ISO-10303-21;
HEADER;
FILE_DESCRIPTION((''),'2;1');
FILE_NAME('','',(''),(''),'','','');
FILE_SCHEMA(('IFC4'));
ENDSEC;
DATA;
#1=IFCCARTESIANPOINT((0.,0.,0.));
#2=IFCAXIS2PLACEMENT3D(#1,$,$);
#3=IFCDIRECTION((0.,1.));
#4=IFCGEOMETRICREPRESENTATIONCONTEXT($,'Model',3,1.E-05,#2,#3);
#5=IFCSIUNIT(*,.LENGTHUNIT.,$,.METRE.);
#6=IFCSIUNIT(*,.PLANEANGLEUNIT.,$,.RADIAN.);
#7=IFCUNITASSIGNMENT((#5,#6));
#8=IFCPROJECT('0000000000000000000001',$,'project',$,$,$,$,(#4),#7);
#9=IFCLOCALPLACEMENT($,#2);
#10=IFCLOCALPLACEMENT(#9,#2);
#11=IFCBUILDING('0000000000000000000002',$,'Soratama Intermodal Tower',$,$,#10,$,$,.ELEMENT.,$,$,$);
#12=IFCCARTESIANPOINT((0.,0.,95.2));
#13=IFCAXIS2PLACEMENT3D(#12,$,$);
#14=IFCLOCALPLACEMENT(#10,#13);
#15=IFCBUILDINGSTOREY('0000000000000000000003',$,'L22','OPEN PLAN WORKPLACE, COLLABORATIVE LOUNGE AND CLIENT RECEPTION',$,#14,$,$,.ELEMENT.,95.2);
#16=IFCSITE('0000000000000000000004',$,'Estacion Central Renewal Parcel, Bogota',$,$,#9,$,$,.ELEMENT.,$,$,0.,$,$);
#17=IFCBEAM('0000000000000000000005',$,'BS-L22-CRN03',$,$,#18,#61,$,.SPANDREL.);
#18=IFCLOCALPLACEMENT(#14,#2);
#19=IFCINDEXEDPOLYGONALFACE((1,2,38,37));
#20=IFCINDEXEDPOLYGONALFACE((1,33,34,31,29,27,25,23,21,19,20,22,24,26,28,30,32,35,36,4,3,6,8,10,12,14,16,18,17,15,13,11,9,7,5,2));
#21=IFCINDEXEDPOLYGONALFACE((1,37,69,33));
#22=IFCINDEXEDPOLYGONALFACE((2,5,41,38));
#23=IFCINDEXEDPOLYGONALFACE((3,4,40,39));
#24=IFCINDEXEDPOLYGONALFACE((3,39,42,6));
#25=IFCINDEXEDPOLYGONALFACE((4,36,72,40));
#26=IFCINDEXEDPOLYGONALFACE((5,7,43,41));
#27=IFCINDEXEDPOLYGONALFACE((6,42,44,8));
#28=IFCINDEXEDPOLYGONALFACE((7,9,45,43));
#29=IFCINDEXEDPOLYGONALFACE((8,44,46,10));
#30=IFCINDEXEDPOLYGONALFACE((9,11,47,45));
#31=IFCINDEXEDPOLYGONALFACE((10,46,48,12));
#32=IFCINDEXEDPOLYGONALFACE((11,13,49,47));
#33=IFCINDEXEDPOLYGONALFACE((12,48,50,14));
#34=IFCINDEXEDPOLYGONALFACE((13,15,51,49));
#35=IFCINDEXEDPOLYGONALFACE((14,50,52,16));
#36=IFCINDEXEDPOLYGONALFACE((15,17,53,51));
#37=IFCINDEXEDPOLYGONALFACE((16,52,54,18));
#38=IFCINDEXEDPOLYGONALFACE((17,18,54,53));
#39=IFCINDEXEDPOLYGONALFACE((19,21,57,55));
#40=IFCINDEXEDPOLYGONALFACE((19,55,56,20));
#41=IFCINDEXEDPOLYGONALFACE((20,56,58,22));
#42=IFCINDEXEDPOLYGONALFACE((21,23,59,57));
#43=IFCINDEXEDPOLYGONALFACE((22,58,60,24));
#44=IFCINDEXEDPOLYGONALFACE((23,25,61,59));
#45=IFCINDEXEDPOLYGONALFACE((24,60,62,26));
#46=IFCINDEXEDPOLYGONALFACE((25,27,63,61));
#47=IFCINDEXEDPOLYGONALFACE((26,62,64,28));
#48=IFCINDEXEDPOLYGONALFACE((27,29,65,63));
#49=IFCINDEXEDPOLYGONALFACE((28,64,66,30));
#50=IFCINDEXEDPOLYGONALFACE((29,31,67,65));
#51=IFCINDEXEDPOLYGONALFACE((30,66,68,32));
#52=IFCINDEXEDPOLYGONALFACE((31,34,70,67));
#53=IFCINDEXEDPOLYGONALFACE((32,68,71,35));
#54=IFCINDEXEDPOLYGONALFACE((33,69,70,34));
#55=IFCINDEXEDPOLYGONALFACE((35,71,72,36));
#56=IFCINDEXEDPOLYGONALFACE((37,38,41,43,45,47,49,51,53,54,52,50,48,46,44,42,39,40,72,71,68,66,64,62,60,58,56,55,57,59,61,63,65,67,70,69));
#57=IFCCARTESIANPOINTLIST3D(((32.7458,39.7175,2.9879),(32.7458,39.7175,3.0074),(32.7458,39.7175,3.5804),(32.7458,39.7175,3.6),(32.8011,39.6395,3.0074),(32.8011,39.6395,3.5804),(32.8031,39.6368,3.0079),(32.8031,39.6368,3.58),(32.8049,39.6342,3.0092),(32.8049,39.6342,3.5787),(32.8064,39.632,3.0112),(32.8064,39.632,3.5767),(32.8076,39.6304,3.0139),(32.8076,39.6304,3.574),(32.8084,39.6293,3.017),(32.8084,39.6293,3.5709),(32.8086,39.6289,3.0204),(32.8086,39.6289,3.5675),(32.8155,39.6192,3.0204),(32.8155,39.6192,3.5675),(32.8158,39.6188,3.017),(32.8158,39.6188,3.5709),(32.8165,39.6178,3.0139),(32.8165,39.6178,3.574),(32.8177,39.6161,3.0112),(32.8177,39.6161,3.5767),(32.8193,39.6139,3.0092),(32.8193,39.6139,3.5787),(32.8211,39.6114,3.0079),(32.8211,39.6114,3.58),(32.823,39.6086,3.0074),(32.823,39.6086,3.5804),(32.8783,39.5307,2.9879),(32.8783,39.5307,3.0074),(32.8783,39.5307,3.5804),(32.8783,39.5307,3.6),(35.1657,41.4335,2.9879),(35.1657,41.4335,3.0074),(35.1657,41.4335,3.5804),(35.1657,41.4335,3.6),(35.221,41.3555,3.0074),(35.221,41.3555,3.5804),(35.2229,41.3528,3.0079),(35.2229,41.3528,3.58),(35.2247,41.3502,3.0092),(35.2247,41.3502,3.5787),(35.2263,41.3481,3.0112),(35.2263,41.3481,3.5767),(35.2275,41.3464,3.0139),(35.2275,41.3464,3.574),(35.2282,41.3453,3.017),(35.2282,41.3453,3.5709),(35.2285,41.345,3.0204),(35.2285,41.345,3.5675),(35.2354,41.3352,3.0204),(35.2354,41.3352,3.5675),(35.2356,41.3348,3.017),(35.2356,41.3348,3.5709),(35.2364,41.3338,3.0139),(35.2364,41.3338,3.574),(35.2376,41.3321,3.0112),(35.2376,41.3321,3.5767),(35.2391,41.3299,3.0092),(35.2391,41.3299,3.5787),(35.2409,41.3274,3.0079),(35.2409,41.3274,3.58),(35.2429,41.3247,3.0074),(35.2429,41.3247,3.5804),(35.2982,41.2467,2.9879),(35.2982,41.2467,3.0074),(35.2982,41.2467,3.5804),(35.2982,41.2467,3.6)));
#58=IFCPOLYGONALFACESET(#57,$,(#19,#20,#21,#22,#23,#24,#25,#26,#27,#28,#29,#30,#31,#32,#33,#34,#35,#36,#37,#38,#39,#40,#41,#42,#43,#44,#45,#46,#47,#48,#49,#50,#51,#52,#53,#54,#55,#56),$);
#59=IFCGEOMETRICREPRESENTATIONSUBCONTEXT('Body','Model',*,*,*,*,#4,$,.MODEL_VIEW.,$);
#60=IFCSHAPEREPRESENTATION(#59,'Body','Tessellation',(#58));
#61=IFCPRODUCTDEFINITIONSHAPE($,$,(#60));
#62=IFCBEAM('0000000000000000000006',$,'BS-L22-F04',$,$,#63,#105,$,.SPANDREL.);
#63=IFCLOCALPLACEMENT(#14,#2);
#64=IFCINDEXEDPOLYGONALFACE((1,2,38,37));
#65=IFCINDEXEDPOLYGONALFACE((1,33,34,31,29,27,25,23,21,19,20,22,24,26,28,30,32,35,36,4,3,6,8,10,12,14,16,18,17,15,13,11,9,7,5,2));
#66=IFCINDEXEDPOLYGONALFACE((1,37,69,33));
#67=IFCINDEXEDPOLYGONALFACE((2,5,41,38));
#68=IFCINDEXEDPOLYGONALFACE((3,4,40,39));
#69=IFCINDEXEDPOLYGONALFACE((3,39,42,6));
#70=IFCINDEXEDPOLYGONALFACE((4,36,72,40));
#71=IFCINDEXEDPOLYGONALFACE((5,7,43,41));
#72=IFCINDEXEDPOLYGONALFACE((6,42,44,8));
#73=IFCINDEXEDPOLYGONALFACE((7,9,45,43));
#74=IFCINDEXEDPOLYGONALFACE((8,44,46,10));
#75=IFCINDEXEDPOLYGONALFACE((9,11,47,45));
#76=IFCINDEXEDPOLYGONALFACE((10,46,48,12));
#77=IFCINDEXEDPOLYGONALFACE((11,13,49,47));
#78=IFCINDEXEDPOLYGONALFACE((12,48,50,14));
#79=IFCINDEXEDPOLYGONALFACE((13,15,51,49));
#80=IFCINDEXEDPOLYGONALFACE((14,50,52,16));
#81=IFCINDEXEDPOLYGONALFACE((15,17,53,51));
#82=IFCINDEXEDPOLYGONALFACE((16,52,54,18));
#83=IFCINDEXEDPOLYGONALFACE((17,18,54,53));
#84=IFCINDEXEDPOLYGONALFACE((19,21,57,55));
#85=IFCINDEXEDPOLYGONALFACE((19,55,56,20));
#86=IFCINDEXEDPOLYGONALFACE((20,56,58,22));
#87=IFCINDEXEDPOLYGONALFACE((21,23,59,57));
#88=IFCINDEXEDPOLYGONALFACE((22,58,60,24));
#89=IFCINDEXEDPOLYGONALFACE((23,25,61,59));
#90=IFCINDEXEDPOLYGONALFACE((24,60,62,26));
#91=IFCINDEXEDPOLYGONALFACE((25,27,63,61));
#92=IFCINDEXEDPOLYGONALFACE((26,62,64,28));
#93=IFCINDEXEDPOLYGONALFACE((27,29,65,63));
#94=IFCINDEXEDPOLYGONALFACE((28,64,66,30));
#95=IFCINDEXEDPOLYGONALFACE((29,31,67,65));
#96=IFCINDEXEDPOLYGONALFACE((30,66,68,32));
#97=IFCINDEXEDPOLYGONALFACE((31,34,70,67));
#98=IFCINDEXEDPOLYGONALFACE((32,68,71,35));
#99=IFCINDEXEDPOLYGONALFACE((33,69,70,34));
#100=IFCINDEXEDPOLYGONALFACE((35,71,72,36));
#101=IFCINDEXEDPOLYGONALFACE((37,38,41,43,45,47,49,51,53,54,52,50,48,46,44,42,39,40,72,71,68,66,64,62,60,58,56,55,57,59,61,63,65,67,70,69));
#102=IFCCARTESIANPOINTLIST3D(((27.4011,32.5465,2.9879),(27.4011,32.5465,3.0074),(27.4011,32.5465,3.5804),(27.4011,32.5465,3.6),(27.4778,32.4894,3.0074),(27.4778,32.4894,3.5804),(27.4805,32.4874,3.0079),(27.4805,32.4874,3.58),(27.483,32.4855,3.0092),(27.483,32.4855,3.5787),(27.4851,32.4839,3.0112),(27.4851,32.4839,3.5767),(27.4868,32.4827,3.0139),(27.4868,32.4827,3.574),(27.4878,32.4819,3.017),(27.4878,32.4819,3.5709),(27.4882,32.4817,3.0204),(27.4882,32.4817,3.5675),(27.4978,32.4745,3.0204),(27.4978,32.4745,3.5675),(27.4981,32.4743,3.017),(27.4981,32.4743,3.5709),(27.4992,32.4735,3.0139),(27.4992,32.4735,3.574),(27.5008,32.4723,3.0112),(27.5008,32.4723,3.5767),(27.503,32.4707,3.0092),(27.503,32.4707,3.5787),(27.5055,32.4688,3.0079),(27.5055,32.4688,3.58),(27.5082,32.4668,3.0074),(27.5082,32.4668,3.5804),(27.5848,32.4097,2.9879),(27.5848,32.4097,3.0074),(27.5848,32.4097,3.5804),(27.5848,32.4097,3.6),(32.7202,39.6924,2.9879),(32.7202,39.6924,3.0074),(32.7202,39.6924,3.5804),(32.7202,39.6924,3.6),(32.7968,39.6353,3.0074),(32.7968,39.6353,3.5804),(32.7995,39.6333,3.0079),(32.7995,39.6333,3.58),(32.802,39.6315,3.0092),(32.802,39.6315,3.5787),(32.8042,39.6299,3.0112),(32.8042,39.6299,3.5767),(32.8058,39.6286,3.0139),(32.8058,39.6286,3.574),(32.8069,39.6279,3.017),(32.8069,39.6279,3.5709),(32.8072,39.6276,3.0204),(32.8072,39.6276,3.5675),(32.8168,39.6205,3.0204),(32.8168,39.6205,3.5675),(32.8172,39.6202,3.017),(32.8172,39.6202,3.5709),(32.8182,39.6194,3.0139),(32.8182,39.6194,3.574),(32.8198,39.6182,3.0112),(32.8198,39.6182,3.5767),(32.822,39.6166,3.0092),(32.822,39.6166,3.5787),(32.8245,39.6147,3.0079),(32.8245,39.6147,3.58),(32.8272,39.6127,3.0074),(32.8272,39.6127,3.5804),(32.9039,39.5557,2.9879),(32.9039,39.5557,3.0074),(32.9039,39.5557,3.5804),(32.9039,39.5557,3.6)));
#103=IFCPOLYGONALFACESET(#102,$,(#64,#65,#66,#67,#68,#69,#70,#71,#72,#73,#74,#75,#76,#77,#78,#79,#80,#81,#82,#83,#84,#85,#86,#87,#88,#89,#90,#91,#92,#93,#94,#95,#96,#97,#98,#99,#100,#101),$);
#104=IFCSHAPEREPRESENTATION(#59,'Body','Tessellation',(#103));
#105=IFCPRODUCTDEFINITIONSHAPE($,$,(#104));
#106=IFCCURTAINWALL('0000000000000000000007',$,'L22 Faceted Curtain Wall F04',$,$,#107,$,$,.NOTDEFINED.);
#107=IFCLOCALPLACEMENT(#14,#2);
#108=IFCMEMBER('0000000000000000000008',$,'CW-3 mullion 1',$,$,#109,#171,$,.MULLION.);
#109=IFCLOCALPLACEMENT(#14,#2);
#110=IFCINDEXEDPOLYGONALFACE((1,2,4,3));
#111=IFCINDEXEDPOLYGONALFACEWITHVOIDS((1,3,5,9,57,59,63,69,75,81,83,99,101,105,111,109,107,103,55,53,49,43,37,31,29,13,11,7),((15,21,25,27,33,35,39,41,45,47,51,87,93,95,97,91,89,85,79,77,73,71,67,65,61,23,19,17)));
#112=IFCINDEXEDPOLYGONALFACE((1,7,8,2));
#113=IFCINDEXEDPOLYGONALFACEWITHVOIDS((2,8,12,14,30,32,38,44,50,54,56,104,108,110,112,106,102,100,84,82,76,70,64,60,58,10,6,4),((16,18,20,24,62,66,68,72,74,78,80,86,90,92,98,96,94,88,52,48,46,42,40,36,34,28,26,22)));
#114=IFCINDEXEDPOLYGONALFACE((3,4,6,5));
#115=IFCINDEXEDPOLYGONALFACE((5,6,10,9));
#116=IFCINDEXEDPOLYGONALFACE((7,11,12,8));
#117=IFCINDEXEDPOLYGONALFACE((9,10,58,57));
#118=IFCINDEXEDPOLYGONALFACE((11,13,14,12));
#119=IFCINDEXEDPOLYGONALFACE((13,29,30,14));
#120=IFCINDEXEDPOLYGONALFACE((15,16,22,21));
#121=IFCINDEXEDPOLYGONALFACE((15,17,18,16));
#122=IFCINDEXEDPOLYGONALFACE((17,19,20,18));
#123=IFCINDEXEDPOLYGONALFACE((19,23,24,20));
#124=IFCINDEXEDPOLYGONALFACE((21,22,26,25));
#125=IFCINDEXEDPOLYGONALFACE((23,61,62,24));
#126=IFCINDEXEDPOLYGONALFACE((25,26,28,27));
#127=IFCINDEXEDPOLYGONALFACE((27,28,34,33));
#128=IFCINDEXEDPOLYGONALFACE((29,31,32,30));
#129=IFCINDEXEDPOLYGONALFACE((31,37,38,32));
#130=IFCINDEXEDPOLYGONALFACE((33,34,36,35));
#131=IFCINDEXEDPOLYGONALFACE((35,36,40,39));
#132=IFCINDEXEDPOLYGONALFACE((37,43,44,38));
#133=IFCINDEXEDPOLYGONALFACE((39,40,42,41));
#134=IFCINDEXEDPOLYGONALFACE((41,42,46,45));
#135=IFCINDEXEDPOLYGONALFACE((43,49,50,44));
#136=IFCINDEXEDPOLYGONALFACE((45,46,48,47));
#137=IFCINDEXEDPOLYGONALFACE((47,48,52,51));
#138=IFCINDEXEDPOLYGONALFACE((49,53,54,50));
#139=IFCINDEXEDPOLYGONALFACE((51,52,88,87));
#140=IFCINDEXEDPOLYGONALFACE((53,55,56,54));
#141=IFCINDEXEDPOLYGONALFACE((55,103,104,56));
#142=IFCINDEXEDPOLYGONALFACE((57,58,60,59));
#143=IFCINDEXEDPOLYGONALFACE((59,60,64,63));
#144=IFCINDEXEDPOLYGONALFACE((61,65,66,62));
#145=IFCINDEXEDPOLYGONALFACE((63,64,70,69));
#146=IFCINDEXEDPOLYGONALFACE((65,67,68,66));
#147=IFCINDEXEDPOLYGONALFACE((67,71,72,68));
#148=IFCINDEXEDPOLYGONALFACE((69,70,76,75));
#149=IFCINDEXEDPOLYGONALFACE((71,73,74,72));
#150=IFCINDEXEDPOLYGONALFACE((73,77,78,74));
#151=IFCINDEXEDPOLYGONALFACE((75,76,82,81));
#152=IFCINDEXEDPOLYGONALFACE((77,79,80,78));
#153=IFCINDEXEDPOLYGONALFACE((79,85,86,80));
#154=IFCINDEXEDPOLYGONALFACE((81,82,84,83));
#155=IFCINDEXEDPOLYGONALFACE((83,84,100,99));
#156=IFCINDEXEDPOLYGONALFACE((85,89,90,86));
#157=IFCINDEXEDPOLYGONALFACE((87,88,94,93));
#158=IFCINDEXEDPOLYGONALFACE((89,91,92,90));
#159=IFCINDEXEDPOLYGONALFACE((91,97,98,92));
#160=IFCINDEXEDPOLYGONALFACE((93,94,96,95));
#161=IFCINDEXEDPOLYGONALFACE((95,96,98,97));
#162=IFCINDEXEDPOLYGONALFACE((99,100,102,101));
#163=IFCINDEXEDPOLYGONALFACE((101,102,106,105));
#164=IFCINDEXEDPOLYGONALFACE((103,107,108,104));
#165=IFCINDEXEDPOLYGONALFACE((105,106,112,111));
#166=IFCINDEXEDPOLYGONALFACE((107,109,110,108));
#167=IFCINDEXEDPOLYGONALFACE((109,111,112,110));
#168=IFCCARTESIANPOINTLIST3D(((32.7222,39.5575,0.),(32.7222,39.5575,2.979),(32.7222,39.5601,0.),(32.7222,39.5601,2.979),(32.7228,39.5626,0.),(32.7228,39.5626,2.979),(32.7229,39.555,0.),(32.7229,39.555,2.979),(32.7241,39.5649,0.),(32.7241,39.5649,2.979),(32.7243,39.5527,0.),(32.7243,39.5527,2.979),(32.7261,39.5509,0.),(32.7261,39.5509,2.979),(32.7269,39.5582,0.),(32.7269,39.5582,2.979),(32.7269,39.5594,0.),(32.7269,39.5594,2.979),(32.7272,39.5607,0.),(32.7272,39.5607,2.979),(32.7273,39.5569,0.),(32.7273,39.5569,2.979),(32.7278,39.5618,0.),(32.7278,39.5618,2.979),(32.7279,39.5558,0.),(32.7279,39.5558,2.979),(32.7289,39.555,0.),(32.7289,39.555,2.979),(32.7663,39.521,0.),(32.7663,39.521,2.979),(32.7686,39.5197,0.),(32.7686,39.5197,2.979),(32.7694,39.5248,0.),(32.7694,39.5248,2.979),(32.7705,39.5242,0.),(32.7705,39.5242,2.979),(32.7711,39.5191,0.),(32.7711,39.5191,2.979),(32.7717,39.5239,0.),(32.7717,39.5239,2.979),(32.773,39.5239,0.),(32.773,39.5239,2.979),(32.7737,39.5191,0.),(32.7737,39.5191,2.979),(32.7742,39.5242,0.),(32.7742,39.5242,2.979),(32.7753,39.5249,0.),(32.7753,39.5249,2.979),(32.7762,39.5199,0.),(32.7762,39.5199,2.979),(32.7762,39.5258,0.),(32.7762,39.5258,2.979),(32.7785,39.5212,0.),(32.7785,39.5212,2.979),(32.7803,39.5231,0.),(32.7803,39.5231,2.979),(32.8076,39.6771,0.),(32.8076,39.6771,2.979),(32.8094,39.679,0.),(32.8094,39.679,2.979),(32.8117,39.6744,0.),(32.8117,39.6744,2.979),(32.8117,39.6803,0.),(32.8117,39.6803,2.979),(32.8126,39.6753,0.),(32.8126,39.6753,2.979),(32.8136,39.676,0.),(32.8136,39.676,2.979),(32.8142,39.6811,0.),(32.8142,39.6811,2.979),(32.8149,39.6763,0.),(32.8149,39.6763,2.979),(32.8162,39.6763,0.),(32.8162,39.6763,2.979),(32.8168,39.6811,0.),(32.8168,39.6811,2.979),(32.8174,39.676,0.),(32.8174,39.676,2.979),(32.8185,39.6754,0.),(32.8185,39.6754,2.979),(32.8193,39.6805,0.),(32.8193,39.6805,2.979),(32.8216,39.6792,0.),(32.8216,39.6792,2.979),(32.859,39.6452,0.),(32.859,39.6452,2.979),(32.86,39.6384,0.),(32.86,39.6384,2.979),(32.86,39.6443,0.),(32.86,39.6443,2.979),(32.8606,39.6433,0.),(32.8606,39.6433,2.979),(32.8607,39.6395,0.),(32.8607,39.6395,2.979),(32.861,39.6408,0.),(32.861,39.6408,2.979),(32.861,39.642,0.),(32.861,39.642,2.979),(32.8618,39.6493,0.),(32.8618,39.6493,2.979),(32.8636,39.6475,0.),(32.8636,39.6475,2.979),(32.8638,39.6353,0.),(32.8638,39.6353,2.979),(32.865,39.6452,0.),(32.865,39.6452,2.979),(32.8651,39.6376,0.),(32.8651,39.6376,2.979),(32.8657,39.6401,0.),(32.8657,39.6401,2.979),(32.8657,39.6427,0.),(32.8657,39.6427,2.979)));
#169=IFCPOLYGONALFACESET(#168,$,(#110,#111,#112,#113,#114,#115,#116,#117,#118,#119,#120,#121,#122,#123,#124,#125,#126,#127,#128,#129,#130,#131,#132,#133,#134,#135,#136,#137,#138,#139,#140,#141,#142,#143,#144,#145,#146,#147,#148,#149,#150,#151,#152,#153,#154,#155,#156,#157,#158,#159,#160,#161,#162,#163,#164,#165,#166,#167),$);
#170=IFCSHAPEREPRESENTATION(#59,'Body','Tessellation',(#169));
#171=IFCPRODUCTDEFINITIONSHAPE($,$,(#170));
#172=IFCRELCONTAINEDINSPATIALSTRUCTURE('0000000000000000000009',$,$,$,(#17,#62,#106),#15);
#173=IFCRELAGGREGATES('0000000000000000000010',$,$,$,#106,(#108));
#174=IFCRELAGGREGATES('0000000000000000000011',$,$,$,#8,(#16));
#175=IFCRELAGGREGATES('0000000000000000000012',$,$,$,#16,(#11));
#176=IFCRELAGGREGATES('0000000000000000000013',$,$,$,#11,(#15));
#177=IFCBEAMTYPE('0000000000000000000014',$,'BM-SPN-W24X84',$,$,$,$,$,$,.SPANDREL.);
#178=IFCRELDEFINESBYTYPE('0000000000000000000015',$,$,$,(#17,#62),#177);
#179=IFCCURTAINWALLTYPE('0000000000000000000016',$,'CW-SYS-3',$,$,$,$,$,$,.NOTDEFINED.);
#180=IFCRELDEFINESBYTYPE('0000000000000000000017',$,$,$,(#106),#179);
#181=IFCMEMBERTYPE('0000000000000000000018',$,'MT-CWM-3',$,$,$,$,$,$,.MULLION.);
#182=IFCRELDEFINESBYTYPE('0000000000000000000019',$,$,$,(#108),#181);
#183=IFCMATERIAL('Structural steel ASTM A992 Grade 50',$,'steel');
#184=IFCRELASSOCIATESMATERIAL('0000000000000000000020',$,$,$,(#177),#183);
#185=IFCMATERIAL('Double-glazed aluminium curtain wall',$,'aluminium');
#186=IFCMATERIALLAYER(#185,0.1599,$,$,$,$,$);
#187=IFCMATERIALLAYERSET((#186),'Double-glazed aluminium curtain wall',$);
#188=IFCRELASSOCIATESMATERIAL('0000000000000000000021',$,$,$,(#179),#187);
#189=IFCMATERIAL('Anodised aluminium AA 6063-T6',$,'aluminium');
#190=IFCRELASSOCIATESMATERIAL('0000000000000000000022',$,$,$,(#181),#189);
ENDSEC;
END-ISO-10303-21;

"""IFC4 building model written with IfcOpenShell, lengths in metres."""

from ifc_helpers import new_model, si_unit, direction, frame, origin, origin_2d, place, context, subcontext, project, spatial, hollow_rectangle, i_section, extrude, material, layer, layer_set, material_profile, profile_set, type_object, element, aggregate, save


model = new_model("IFC4")

# Units and contexts
model_context = context("Model", 3, precision=1e-05, world=origin(), true_north=direction((0.0, 1.0)))
body_context = subcontext(model_context, "Body", "Model", "MODEL_VIEW")
ifc_project = project(units=[si_unit("LENGTHUNIT", "METRE"), si_unit("PLANEANGLEUNIT", "RADIAN")], contexts=[model_context])

# Site, building, storey
site_placement = place(None, origin())
site = spatial("IfcSite", under=ifc_project, at=site_placement, Name="Estacion Central Renewal Parcel, Bogota", CompositionType="ELEMENT", RefElevation=0.0)
building_placement = place(site_placement, origin())
building = spatial("IfcBuilding", under=site, at=building_placement, Name="Soratama Intermodal Tower", CompositionType="ELEMENT")
storey_placement = place(building_placement, frame((0.0, 0.0, 95.2)))
storey = spatial("IfcBuildingStorey", under=building, at=storey_placement, Name="L22", Description="OPEN PLAN WORKPLACE, COLLABORATIVE LOUNGE AND CLIENT RECEPTION", CompositionType="ELEMENT", Elevation=95.2)

# Beams
ifc_material_1 = material(Name="Structural steel ASTM A992 Grade 50", Category="steel")
ifc_material_profile_1 = material_profile(ifc_material_1, i_section(OverallWidth=0.229, OverallDepth=0.6121, WebThickness=0.012, FlangeThickness=0.0195, FilletRadius=0.0129, at=origin_2d()), Name="W24X84")
ifc_profile_set_1 = profile_set([ifc_material_profile_1], Name="Structural steel ASTM A992 Grade 50")
beam_type_1 = type_object("IfcBeamType", Name="BM-SPN-W24X84", PredefinedType="SPANDREL", material=ifc_profile_set_1)
beam_1_placement = place(storey_placement, frame((35.2319, 41.3401, 3.2939), z_axis=(-0.815714, -0.578456, 0.0), x_axis=(0.578456, -0.815714, 0.0)))
element("IfcBeam", 1, at=beam_1_placement, inside=storey, type_object=beam_type_1, Name="BS-L22-CRN03", PredefinedType="SPANDREL", context=body_context, shape_type="SweptSolid", body=[
    extrude(i_section(OverallWidth=0.229, OverallDepth=0.6121, WebThickness=0.012, FlangeThickness=0.0195, FilletRadius=0.0129, at=origin_2d()), origin(), (0.0, 0.0, 1.0), 2.9666),
])
beam_2_placement = place(storey_placement, frame((32.812, 39.624, 3.2939), z_axis=(-0.597093, -0.802172, 0.0), x_axis=(0.802172, -0.597093, 0.0)))
element("IfcBeam", 2, at=beam_2_placement, inside=storey, type_object=beam_type_1, Name="BS-L22-F04", PredefinedType="SPANDREL", context=body_context, shape_type="SweptSolid", body=[
    extrude(i_section(OverallWidth=0.229, OverallDepth=0.6121, WebThickness=0.012, FlangeThickness=0.0195, FilletRadius=0.0129, at=origin_2d()), origin(), (0.0, 0.0, 1.0), 8.9082),
])

# Curtain wall, member
ifc_material_2 = material(Name="Double-glazed aluminium curtain wall", Category="aluminium")
ifc_layer_1 = layer(ifc_material_2, 0.1599)
ifc_layer_set_1 = layer_set([ifc_layer_1], Name="Double-glazed aluminium curtain wall")
curtain_wall_type = type_object("IfcCurtainWallType", Name="CW-SYS-3", PredefinedType="NOTDEFINED", material=ifc_layer_set_1)
curtain_wall_placement = place(storey_placement, origin())
curtain_wall = element("IfcCurtainWall", 3, at=curtain_wall_placement, inside=storey, type_object=curtain_wall_type, Name="L22 Faceted Curtain Wall F04", PredefinedType="NOTDEFINED")
ifc_material_3 = material(Name="Anodised aluminium AA 6063-T6", Category="aluminium")
ifc_material_profile_2 = material_profile(ifc_material_3, hollow_rectangle(XDim=0.0701, YDim=0.1599, WallThickness=0.0049, InnerFilletRadius=0.0049, OuterFilletRadius=0.01, at=origin_2d()), Name="CWM160X70X5")
ifc_profile_set_2 = profile_set([ifc_material_profile_2], Name="Anodised aluminium AA 6063-T6")
member_type_1 = type_object("IfcMemberType", Name="MT-CWM-3", PredefinedType="MULLION", material=ifc_profile_set_2)
member_1_placement = place(storey_placement, frame((32.7939, 39.6001, 0.0), z_axis=(0.0, 0.0, 1.0), x_axis=(0.802189, -0.59707, 0.0)))
member_1 = element("IfcMember", 4, at=member_1_placement, type_object=member_type_1, Name="CW-3 mullion 1", PredefinedType="MULLION", context=body_context, shape_type="SweptSolid", body=[
    extrude(hollow_rectangle(XDim=0.0701, YDim=0.1599, WallThickness=0.0049, InnerFilletRadius=0.0049, OuterFilletRadius=0.01, at=origin_2d()), origin(), (0.0, 0.0, 1.0), 2.979),
])
aggregate(curtain_wall, [member_1])

save(model, "model.ifc")
